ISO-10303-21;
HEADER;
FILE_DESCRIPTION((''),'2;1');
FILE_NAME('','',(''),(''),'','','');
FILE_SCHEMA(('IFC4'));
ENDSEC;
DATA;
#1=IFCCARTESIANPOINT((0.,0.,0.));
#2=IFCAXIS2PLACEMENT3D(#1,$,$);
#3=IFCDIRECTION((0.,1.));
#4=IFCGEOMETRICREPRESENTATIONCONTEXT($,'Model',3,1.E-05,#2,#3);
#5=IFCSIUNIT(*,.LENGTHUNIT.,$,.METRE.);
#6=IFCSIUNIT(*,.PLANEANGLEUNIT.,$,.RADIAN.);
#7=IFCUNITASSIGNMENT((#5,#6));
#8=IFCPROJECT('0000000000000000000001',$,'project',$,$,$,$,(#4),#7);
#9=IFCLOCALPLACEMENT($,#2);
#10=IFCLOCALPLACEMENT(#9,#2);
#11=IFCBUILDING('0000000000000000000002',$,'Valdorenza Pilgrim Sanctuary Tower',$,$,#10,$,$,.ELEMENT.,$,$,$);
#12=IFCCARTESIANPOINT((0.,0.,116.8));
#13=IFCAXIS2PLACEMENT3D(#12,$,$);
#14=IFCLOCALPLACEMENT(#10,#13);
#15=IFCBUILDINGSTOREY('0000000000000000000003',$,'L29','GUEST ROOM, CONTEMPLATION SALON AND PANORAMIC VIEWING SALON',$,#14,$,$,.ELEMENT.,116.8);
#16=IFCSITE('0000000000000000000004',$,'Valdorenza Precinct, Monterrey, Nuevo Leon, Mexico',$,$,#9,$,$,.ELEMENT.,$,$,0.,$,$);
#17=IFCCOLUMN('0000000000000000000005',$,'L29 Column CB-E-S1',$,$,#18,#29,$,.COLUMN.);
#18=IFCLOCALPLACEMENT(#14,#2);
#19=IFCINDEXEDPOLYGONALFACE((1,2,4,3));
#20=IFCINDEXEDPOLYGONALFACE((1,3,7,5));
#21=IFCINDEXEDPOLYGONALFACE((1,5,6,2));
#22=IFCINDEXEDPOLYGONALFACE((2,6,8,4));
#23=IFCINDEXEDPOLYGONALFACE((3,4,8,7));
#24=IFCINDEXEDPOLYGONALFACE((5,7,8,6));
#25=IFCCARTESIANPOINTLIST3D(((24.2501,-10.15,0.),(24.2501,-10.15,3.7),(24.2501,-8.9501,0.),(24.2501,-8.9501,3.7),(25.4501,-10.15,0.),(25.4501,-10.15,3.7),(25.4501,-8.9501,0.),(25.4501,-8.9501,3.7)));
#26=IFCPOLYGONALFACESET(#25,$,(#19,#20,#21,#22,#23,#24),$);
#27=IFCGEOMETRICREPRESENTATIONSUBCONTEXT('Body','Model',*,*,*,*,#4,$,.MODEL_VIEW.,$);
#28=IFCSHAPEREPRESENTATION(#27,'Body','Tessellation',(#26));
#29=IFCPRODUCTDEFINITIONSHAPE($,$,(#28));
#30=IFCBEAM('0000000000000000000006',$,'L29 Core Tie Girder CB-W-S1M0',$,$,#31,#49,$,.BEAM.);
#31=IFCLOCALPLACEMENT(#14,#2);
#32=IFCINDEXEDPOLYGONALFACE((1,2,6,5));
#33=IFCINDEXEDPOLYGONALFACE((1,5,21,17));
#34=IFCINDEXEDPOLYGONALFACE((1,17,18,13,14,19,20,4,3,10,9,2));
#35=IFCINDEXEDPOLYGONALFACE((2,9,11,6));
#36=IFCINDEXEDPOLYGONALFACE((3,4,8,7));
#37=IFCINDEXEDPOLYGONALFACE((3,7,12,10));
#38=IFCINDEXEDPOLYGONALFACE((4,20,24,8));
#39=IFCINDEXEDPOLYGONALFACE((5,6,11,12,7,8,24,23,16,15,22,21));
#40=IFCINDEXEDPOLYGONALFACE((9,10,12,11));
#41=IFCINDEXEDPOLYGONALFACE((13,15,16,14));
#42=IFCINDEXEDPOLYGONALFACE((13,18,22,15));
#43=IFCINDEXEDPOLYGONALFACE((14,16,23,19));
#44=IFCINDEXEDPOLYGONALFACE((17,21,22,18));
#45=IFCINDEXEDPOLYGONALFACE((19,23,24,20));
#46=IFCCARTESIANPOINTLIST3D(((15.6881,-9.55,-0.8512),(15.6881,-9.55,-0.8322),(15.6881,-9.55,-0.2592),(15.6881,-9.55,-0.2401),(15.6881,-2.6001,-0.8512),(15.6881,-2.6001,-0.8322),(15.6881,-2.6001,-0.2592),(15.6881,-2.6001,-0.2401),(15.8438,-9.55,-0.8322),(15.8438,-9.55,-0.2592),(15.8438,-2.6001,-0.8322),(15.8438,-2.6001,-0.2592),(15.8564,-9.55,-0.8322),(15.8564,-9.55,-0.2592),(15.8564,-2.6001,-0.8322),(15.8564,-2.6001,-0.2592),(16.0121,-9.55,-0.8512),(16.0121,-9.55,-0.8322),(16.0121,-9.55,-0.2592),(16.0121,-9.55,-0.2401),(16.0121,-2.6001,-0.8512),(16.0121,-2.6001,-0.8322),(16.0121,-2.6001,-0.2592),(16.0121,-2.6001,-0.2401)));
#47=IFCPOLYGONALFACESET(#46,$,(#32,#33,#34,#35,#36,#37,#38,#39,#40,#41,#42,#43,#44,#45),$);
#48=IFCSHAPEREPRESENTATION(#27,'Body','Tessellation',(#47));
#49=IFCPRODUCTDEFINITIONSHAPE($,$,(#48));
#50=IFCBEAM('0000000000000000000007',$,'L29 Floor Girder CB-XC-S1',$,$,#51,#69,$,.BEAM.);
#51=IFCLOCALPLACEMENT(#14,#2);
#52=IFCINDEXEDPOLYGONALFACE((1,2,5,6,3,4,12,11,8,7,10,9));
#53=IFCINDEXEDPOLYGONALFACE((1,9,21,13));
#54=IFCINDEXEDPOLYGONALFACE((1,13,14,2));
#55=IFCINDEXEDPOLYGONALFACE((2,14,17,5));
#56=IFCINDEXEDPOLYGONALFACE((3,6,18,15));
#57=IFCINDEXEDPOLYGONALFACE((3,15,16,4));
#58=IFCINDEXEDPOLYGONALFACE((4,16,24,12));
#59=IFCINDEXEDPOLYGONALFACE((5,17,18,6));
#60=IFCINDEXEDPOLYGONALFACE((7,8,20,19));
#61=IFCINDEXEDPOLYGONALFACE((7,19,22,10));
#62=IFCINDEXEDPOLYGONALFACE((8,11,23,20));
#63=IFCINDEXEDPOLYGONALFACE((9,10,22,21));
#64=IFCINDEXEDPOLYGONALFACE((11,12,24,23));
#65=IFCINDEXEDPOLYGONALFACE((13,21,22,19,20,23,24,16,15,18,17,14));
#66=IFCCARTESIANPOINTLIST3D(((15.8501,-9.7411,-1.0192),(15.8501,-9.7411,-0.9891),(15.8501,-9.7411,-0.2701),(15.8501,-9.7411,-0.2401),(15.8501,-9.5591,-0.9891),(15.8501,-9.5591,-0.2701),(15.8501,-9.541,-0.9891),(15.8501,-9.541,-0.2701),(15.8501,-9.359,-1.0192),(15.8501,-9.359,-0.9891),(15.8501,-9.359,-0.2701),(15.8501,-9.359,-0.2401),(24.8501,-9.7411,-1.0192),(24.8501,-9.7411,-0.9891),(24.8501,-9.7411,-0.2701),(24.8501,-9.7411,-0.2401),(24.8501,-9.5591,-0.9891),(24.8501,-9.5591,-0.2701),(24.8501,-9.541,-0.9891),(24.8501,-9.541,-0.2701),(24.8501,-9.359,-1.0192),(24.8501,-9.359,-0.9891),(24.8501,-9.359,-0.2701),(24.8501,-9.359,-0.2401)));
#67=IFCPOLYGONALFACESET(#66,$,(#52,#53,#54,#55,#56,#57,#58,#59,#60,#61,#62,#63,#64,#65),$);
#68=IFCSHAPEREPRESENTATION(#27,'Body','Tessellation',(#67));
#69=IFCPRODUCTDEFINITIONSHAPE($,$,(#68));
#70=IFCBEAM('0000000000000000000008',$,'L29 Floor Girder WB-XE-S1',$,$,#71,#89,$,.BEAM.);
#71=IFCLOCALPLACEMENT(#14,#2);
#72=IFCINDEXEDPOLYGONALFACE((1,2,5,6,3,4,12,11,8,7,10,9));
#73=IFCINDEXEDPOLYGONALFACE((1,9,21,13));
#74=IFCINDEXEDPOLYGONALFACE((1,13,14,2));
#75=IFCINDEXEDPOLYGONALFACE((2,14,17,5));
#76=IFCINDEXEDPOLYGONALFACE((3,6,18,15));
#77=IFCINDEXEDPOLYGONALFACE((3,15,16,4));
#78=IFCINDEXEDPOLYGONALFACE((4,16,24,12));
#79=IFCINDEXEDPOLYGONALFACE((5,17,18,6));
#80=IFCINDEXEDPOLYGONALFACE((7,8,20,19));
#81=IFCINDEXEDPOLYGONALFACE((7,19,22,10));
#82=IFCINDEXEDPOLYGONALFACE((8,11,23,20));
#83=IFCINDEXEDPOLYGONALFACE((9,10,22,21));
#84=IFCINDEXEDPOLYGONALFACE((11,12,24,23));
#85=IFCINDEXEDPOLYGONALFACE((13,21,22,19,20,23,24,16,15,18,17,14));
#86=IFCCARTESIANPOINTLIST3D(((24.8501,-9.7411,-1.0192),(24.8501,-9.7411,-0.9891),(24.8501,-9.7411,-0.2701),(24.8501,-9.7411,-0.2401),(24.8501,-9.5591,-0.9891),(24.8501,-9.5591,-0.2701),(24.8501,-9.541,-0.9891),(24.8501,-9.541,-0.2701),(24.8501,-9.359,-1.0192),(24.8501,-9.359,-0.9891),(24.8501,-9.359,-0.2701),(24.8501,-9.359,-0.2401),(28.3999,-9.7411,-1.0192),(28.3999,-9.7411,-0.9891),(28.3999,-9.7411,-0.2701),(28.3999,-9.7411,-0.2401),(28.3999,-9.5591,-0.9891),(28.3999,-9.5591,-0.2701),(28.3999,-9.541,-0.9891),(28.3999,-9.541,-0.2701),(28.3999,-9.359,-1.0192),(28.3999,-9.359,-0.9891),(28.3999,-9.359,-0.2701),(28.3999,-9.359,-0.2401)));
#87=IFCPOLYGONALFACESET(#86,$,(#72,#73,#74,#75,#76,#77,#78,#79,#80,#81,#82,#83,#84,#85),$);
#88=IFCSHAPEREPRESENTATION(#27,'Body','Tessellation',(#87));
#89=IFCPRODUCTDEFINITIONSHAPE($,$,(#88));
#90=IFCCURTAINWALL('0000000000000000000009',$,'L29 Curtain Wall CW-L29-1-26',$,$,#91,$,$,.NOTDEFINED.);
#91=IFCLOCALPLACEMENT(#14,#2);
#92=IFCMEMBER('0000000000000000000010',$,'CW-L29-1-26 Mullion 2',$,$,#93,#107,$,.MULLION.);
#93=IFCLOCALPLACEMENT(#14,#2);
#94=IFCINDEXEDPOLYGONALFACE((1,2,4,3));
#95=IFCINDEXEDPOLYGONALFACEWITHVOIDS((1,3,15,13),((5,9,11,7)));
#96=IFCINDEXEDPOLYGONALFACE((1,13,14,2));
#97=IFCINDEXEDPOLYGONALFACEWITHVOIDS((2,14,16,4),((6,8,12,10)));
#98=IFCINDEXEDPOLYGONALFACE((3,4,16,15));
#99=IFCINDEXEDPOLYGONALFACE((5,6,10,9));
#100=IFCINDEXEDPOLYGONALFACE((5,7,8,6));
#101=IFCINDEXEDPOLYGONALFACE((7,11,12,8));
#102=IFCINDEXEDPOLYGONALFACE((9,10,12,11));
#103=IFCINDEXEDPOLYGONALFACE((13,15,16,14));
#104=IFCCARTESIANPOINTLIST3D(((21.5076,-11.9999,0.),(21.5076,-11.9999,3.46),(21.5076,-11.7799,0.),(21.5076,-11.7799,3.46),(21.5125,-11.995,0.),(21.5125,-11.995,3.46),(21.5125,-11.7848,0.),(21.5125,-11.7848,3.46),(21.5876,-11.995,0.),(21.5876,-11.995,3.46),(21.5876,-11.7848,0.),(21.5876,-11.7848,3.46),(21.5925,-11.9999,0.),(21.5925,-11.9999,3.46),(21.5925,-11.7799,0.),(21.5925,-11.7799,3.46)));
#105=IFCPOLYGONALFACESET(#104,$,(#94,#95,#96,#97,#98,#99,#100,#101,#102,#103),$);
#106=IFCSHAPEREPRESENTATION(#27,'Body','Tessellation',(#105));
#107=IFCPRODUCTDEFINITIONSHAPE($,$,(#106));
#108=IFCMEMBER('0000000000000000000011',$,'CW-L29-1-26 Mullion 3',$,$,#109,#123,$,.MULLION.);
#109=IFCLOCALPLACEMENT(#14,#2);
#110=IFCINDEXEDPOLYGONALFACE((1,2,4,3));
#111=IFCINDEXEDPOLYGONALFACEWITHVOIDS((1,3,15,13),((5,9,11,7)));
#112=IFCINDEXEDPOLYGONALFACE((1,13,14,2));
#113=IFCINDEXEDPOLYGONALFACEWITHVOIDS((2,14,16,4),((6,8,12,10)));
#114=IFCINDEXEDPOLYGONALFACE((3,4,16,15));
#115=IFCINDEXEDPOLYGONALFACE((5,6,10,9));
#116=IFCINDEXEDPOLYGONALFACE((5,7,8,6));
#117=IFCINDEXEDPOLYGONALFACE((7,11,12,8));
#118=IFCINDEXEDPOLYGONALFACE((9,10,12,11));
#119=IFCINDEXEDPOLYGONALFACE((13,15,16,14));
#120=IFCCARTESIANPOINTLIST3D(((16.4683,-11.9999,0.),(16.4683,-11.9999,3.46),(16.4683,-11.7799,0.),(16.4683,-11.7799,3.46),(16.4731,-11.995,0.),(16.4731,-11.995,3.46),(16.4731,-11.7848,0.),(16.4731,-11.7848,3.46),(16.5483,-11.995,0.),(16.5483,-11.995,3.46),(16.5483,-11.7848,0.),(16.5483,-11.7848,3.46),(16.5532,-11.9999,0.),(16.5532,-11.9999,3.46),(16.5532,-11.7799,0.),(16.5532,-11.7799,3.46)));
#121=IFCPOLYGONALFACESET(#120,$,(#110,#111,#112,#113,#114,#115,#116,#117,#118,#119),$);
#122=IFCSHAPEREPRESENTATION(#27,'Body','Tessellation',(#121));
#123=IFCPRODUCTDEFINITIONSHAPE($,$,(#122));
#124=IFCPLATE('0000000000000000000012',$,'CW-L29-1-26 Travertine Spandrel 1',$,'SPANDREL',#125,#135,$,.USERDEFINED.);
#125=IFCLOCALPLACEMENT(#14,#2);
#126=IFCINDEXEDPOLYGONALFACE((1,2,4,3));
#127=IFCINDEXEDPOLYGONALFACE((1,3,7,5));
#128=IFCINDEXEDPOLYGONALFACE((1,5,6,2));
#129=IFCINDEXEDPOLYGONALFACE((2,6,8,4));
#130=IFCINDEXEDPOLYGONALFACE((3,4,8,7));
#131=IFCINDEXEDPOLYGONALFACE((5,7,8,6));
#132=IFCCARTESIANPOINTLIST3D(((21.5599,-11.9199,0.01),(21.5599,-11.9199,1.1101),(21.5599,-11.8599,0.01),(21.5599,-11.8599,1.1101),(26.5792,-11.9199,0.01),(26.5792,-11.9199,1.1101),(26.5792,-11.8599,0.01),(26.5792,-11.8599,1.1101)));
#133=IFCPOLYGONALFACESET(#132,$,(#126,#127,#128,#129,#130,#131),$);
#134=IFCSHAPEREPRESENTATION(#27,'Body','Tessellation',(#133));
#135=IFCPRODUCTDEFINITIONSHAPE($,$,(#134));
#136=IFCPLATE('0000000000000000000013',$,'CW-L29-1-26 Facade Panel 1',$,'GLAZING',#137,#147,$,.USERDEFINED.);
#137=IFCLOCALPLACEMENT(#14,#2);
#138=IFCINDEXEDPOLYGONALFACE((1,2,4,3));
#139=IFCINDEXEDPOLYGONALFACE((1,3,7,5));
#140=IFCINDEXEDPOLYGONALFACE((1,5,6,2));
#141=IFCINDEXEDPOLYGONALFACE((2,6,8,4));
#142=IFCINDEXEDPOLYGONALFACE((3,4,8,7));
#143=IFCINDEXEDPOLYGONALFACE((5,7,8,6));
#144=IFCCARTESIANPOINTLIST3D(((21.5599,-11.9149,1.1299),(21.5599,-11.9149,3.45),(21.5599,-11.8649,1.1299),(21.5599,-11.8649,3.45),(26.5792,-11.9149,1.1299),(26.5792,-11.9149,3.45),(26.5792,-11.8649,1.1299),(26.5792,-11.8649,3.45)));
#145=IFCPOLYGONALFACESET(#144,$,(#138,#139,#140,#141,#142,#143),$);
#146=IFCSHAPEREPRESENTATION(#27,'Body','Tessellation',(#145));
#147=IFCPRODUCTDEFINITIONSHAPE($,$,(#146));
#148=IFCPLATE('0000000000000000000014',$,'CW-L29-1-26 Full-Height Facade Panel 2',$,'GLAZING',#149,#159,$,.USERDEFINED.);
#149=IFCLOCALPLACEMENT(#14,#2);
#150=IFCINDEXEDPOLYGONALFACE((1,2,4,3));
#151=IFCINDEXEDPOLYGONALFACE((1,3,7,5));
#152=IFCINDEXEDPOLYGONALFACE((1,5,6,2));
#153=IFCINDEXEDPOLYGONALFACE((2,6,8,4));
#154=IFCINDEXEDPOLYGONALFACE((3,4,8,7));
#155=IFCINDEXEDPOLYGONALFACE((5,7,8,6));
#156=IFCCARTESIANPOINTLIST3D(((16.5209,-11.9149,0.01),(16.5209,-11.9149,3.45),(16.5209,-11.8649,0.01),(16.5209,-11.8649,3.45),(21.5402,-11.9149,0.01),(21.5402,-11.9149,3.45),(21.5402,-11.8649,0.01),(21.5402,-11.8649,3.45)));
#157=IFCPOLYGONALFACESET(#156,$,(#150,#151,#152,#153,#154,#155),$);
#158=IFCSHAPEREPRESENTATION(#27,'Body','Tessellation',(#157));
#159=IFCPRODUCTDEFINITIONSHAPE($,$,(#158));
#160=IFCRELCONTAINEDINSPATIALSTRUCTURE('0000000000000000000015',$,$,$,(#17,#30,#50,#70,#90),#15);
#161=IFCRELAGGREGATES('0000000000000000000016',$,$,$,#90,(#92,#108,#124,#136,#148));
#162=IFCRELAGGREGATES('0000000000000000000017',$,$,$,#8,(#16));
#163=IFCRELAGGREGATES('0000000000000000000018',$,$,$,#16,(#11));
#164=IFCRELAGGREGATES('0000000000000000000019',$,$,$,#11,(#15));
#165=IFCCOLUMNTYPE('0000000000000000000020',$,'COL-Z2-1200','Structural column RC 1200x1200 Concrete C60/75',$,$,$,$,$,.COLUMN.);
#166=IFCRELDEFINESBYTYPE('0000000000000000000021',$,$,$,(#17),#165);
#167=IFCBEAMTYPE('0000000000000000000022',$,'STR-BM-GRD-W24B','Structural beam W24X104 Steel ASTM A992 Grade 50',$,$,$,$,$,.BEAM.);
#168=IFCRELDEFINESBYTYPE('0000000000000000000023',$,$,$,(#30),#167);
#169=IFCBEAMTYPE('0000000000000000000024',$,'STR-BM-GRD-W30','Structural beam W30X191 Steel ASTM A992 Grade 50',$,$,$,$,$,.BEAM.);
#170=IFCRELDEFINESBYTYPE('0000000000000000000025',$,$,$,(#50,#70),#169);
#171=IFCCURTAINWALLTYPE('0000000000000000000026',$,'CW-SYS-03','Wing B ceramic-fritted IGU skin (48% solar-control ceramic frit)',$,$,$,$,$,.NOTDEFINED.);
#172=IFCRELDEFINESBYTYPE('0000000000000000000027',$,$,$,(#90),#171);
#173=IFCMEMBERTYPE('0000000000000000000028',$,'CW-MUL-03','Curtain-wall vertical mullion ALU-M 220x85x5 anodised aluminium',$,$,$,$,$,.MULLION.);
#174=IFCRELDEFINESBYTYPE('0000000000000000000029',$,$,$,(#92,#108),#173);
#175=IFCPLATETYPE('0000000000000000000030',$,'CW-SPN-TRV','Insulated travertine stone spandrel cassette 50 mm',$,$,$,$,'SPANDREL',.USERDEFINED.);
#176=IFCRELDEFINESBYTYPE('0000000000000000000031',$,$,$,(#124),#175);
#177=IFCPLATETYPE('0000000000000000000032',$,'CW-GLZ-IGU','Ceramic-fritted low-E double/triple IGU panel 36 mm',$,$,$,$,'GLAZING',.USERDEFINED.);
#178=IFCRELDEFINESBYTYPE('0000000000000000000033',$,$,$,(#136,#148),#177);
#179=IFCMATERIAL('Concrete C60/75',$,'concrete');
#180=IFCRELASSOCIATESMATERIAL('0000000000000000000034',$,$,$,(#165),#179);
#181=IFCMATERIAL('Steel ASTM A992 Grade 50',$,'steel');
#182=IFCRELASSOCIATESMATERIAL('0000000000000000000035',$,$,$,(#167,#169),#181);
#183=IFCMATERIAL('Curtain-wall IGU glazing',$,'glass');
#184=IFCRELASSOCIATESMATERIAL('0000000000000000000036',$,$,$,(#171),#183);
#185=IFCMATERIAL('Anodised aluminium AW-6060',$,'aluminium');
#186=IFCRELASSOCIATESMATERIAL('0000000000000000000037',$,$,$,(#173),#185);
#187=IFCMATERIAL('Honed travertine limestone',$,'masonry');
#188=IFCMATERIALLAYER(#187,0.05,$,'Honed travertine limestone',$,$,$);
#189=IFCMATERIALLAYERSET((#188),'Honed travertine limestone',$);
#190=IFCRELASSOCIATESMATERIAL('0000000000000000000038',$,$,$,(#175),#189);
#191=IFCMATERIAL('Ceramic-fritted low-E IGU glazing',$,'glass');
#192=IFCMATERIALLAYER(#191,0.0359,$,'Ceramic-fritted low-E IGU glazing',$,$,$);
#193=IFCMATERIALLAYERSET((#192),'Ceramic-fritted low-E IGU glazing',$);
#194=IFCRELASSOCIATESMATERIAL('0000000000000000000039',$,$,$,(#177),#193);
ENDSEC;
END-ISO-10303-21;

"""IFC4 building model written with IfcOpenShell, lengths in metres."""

from ifc_helpers import new_model, si_unit, direction, frame, origin, origin_2d, place, context, subcontext, project, spatial, rectangle, hollow_rectangle, i_section, extrude, source, transform, mapped, material, layer, layer_set, material_profile, profile_set, type_object, element, aggregate, save


model = new_model("IFC4")

# Units and contexts
model_context = context("Model", 3, precision=1e-05, world=origin(), true_north=direction((0.0, 1.0)))
body_context = subcontext(model_context, "Body", "Model", "MODEL_VIEW")
ifc_project = project(units=[si_unit("LENGTHUNIT", "METRE"), si_unit("PLANEANGLEUNIT", "RADIAN")], contexts=[model_context])

# Site, building, storey
site_placement = place(None, origin())
site = spatial("IfcSite", under=ifc_project, at=site_placement, Name="Valdorenza Precinct, Monterrey, Nuevo Leon, Mexico", CompositionType="ELEMENT", RefElevation=0.0)
building_placement = place(site_placement, origin())
building = spatial("IfcBuilding", under=site, at=building_placement, Name="Valdorenza Pilgrim Sanctuary Tower", CompositionType="ELEMENT")
storey_placement = place(building_placement, frame((0.0, 0.0, 116.8)))
storey = spatial("IfcBuildingStorey", under=building, at=storey_placement, Name="L29", Description="GUEST ROOM, CONTEMPLATION SALON AND PANORAMIC VIEWING SALON", CompositionType="ELEMENT", Elevation=116.8)

# Column
ifc_material_1 = material(Name="Concrete C60/75", Category="concrete")
ifc_material_profile_1 = material_profile(ifc_material_1, rectangle(XDim=1.2, YDim=1.2, at=origin_2d()), Name="RC 1200x1200")
ifc_profile_set_1 = profile_set([ifc_material_profile_1], Name="Concrete C60/75")
column_type = type_object("IfcColumnType", Name="COL-Z2-1200", Description="Structural column RC 1200x1200 Concrete C60/75", PredefinedType="COLUMN", material=ifc_profile_set_1)
shared_shape_1 = source(origin(), body_context, "Body", "SweptSolid", [
    extrude(rectangle(XDim=1.2, YDim=1.2, at=origin_2d()), origin(), (0.0, 0.0, 1.0), 3.7),
])
column_placement = place(storey_placement, frame((24.8501, -9.55, 0.0), z_axis=(0.0, 0.0, 1.0), x_axis=(1.0, 0.0, 0.0)))
element("IfcColumn", 1, at=column_placement, inside=storey, type_object=column_type, Name="L29 Column CB-E-S1", PredefinedType="COLUMN", context=body_context, shape_type="MappedRepresentation", body=[
    mapped(shared_shape_1, transform((0.0, 0.0, 0.0), x_axis=(1.0, 0.0, 0.0), y_axis=(0.0, 1.0, 0.0), z_axis=(0.0, 0.0, 1.0), scale=1.0)),
])

# Beams
ifc_material_2 = material(Name="Steel ASTM A992 Grade 50", Category="steel")
ifc_material_profile_2 = material_profile(ifc_material_2, i_section(OverallWidth=0.324, OverallDepth=0.6111, WebThickness=0.0127, FlangeThickness=0.019, at=origin_2d()), Name="W24X104")
ifc_profile_set_2 = profile_set([ifc_material_profile_2], Name="Steel ASTM A992 Grade 50")
beam_type_1 = type_object("IfcBeamType", Name="STR-BM-GRD-W24B", Description="Structural beam W24X104 Steel ASTM A992 Grade 50", PredefinedType="BEAM", material=ifc_profile_set_2)
shared_shape_2 = source(origin(), body_context, "Body", "SweptSolid", [
    extrude(i_section(OverallWidth=0.324, OverallDepth=0.6111, WebThickness=0.0127, FlangeThickness=0.019, at=origin_2d()), origin(), (0.0, 0.0, 1.0), 6.95),
])
beam_1_placement = place(storey_placement, frame((15.8501, -9.55, -0.5457), z_axis=(0.0, 1.0, 0.0), x_axis=(-1.0, 0.0, 0.0)))
element("IfcBeam", 2, at=beam_1_placement, inside=storey, type_object=beam_type_1, Name="L29 Core Tie Girder CB-W-S1M0", PredefinedType="BEAM", context=body_context, shape_type="MappedRepresentation", body=[
    mapped(shared_shape_2, transform((0.0, 0.0, 0.0), x_axis=(1.0, 0.0, 0.0), y_axis=(0.0, 1.0, 0.0), z_axis=(0.0, 0.0, 1.0), scale=1.0)),
])
ifc_material_profile_3 = material_profile(ifc_material_2, i_section(OverallWidth=0.3821, OverallDepth=0.7791, WebThickness=0.0181, FlangeThickness=0.03, at=origin_2d()), Name="W30X191")
ifc_profile_set_3 = profile_set([ifc_material_profile_3], Name="Steel ASTM A992 Grade 50")
beam_type_2 = type_object("IfcBeamType", Name="STR-BM-GRD-W30", Description="Structural beam W30X191 Steel ASTM A992 Grade 50", PredefinedType="BEAM", material=ifc_profile_set_3)
shared_shape_3 = source(origin(), body_context, "Body", "SweptSolid", [
    extrude(i_section(OverallWidth=0.3821, OverallDepth=0.7791, WebThickness=0.0181, FlangeThickness=0.03, at=origin_2d()), origin(), (0.0, 0.0, 1.0), 9.0),
])
beam_2_placement = place(storey_placement, frame((15.8501, -9.55, -0.6296), z_axis=(1.0, 0.0, 0.0), x_axis=(0.0, 1.0, 0.0)))
element("IfcBeam", 3, at=beam_2_placement, inside=storey, type_object=beam_type_2, Name="L29 Floor Girder CB-XC-S1", PredefinedType="BEAM", context=body_context, shape_type="MappedRepresentation", body=[
    mapped(shared_shape_3, transform((0.0, 0.0, 0.0), x_axis=(1.0, 0.0, 0.0), y_axis=(0.0, 1.0, 0.0), z_axis=(0.0, 0.0, 1.0), scale=1.0)),
])
shared_shape_4 = source(origin(), body_context, "Body", "SweptSolid", [
    extrude(i_section(OverallWidth=0.3821, OverallDepth=0.7791, WebThickness=0.0181, FlangeThickness=0.03, at=origin_2d()), origin(), (0.0, 0.0, 1.0), 3.5498),
])
beam_3_placement = place(storey_placement, frame((24.8501, -9.55, -0.6296), z_axis=(1.0, 0.0, 0.0), x_axis=(0.0, 1.0, 0.0)))
element("IfcBeam", 4, at=beam_3_placement, inside=storey, type_object=beam_type_2, Name="L29 Floor Girder WB-XE-S1", PredefinedType="BEAM", context=body_context, shape_type="MappedRepresentation", body=[
    mapped(shared_shape_4, transform((0.0, 0.0, 0.0), x_axis=(1.0, 0.0, 0.0), y_axis=(0.0, 1.0, 0.0), z_axis=(0.0, 0.0, 1.0), scale=1.0)),
])

# Curtain wall, members, plates
ifc_material_3 = material(Name="Curtain-wall IGU glazing", Category="glass")
curtain_wall_type = type_object("IfcCurtainWallType", Name="CW-SYS-03", Description="Wing B ceramic-fritted IGU skin (48% solar-control ceramic frit)", PredefinedType="NOTDEFINED", material=ifc_material_3)
curtain_wall_placement = place(storey_placement, origin())
curtain_wall = element("IfcCurtainWall", 5, at=curtain_wall_placement, inside=storey, type_object=curtain_wall_type, Name="L29 Curtain Wall CW-L29-1-26", PredefinedType="NOTDEFINED")
ifc_material_4 = material(Name="Anodised aluminium AW-6060", Category="aluminium")
ifc_material_profile_4 = material_profile(ifc_material_4, hollow_rectangle(XDim=0.085, YDim=0.22, WallThickness=0.0049, at=origin_2d()), Name="ALU-M 220x85x5")
ifc_profile_set_4 = profile_set([ifc_material_profile_4], Name="Anodised aluminium AW-6060")
member_type = type_object("IfcMemberType", Name="CW-MUL-03", Description="Curtain-wall vertical mullion ALU-M 220x85x5 anodised aluminium", PredefinedType="MULLION", material=ifc_profile_set_4)
shared_shape_5 = source(origin(), body_context, "Body", "SweptSolid", [
    extrude(hollow_rectangle(XDim=0.085, YDim=0.22, WallThickness=0.0049, at=origin_2d()), origin(), (0.0, 0.0, 1.0), 3.46),
])
member_1_placement = place(storey_placement, frame((21.55, -11.8899, 0.0), z_axis=(0.0, 0.0, 1.0), x_axis=(-1.0, 0.0, 0.0)))
member_1 = element("IfcMember", 6, at=member_1_placement, type_object=member_type, Name="CW-L29-1-26 Mullion 2", PredefinedType="MULLION", context=body_context, shape_type="MappedRepresentation", body=[
    mapped(shared_shape_5, transform((0.0, 0.0, 0.0), x_axis=(1.0, 0.0, 0.0), y_axis=(0.0, 1.0, 0.0), z_axis=(0.0, 0.0, 1.0), scale=1.0)),
])
member_2_placement = place(storey_placement, frame((16.5107, -11.8899, 0.0), z_axis=(0.0, 0.0, 1.0), x_axis=(-1.0, 0.0, 0.0)))
member_2 = element("IfcMember", 7, at=member_2_placement, type_object=member_type, Name="CW-L29-1-26 Mullion 3", PredefinedType="MULLION", context=body_context, shape_type="MappedRepresentation", body=[
    mapped(shared_shape_5, transform((0.0, 0.0, 0.0), x_axis=(1.0, 0.0, 0.0), y_axis=(0.0, 1.0, 0.0), z_axis=(0.0, 0.0, 1.0), scale=1.0)),
])
ifc_material_5 = material(Name="Honed travertine limestone", Category="masonry")
ifc_layer_1 = layer(ifc_material_5, 0.05, Name="Honed travertine limestone")
ifc_layer_set_1 = layer_set([ifc_layer_1], Name="Honed travertine limestone")
plate_type_1 = type_object("IfcPlateType", Name="CW-SPN-TRV", Description="Insulated travertine stone spandrel cassette 50 mm", ElementType="SPANDREL", PredefinedType="USERDEFINED", material=ifc_layer_set_1)
shared_shape_6 = source(origin(), body_context, "Body", "SweptSolid", [
    extrude(rectangle(XDim=5.0193, YDim=0.0601, at=origin_2d()), origin(), (0.0, 0.0, 1.0), 1.1001),
])
plate_1_placement = place(storey_placement, frame((24.0696, -11.8899, 0.01), z_axis=(0.0, 0.0, 1.0), x_axis=(-1.0, 0.0, 0.0)))
plate_1 = element("IfcPlate", 8, at=plate_1_placement, type_object=plate_type_1, Name="CW-L29-1-26 Travertine Spandrel 1", ObjectType="SPANDREL", PredefinedType="USERDEFINED", context=body_context, shape_type="MappedRepresentation", body=[
    mapped(shared_shape_6, transform((0.0, 0.0, 0.0), x_axis=(1.0, 0.0, 0.0), y_axis=(0.0, 1.0, 0.0), z_axis=(0.0, 0.0, 1.0), scale=1.0)),
])
ifc_material_6 = material(Name="Ceramic-fritted low-E IGU glazing", Category="glass")
ifc_layer_2 = layer(ifc_material_6, 0.0359, Name="Ceramic-fritted low-E IGU glazing")
ifc_layer_set_2 = layer_set([ifc_layer_2], Name="Ceramic-fritted low-E IGU glazing")
plate_type_2 = type_object("IfcPlateType", Name="CW-GLZ-IGU", Description="Ceramic-fritted low-E double/triple IGU panel 36 mm", ElementType="GLAZING", PredefinedType="USERDEFINED", material=ifc_layer_set_2)
shared_shape_7 = source(origin(), body_context, "Body", "SweptSolid", [
    extrude(rectangle(XDim=5.0193, YDim=0.05, at=origin_2d()), origin(), (0.0, 0.0, 1.0), 2.3201),
])
plate_2_placement = place(storey_placement, frame((24.0696, -11.8899, 1.1299), z_axis=(0.0, 0.0, 1.0), x_axis=(-1.0, 0.0, 0.0)))
plate_2 = element("IfcPlate", 9, at=plate_2_placement, type_object=plate_type_2, Name="CW-L29-1-26 Facade Panel 1", ObjectType="GLAZING", PredefinedType="USERDEFINED", context=body_context, shape_type="MappedRepresentation", body=[
    mapped(shared_shape_7, transform((0.0, 0.0, 0.0), x_axis=(1.0, 0.0, 0.0), y_axis=(0.0, 1.0, 0.0), z_axis=(0.0, 0.0, 1.0), scale=1.0)),
])
shared_shape_8 = source(origin(), body_context, "Body", "SweptSolid", [
    extrude(rectangle(XDim=5.0193, YDim=0.05, at=origin_2d()), origin(), (0.0, 0.0, 1.0), 3.4399),
])
plate_3_placement = place(storey_placement, frame((19.0305, -11.8899, 0.01), z_axis=(0.0, 0.0, 1.0), x_axis=(-1.0, 0.0, 0.0)))
plate_3 = element("IfcPlate", 10, at=plate_3_placement, type_object=plate_type_2, Name="CW-L29-1-26 Full-Height Facade Panel 2", ObjectType="GLAZING", PredefinedType="USERDEFINED", context=body_context, shape_type="MappedRepresentation", body=[
    mapped(shared_shape_8, transform((0.0, 0.0, 0.0), x_axis=(1.0, 0.0, 0.0), y_axis=(0.0, 1.0, 0.0), z_axis=(0.0, 0.0, 1.0), scale=1.0)),
])
aggregate(curtain_wall, [member_1, member_2, plate_1, plate_2, plate_3])

save(model, "model.ifc")
